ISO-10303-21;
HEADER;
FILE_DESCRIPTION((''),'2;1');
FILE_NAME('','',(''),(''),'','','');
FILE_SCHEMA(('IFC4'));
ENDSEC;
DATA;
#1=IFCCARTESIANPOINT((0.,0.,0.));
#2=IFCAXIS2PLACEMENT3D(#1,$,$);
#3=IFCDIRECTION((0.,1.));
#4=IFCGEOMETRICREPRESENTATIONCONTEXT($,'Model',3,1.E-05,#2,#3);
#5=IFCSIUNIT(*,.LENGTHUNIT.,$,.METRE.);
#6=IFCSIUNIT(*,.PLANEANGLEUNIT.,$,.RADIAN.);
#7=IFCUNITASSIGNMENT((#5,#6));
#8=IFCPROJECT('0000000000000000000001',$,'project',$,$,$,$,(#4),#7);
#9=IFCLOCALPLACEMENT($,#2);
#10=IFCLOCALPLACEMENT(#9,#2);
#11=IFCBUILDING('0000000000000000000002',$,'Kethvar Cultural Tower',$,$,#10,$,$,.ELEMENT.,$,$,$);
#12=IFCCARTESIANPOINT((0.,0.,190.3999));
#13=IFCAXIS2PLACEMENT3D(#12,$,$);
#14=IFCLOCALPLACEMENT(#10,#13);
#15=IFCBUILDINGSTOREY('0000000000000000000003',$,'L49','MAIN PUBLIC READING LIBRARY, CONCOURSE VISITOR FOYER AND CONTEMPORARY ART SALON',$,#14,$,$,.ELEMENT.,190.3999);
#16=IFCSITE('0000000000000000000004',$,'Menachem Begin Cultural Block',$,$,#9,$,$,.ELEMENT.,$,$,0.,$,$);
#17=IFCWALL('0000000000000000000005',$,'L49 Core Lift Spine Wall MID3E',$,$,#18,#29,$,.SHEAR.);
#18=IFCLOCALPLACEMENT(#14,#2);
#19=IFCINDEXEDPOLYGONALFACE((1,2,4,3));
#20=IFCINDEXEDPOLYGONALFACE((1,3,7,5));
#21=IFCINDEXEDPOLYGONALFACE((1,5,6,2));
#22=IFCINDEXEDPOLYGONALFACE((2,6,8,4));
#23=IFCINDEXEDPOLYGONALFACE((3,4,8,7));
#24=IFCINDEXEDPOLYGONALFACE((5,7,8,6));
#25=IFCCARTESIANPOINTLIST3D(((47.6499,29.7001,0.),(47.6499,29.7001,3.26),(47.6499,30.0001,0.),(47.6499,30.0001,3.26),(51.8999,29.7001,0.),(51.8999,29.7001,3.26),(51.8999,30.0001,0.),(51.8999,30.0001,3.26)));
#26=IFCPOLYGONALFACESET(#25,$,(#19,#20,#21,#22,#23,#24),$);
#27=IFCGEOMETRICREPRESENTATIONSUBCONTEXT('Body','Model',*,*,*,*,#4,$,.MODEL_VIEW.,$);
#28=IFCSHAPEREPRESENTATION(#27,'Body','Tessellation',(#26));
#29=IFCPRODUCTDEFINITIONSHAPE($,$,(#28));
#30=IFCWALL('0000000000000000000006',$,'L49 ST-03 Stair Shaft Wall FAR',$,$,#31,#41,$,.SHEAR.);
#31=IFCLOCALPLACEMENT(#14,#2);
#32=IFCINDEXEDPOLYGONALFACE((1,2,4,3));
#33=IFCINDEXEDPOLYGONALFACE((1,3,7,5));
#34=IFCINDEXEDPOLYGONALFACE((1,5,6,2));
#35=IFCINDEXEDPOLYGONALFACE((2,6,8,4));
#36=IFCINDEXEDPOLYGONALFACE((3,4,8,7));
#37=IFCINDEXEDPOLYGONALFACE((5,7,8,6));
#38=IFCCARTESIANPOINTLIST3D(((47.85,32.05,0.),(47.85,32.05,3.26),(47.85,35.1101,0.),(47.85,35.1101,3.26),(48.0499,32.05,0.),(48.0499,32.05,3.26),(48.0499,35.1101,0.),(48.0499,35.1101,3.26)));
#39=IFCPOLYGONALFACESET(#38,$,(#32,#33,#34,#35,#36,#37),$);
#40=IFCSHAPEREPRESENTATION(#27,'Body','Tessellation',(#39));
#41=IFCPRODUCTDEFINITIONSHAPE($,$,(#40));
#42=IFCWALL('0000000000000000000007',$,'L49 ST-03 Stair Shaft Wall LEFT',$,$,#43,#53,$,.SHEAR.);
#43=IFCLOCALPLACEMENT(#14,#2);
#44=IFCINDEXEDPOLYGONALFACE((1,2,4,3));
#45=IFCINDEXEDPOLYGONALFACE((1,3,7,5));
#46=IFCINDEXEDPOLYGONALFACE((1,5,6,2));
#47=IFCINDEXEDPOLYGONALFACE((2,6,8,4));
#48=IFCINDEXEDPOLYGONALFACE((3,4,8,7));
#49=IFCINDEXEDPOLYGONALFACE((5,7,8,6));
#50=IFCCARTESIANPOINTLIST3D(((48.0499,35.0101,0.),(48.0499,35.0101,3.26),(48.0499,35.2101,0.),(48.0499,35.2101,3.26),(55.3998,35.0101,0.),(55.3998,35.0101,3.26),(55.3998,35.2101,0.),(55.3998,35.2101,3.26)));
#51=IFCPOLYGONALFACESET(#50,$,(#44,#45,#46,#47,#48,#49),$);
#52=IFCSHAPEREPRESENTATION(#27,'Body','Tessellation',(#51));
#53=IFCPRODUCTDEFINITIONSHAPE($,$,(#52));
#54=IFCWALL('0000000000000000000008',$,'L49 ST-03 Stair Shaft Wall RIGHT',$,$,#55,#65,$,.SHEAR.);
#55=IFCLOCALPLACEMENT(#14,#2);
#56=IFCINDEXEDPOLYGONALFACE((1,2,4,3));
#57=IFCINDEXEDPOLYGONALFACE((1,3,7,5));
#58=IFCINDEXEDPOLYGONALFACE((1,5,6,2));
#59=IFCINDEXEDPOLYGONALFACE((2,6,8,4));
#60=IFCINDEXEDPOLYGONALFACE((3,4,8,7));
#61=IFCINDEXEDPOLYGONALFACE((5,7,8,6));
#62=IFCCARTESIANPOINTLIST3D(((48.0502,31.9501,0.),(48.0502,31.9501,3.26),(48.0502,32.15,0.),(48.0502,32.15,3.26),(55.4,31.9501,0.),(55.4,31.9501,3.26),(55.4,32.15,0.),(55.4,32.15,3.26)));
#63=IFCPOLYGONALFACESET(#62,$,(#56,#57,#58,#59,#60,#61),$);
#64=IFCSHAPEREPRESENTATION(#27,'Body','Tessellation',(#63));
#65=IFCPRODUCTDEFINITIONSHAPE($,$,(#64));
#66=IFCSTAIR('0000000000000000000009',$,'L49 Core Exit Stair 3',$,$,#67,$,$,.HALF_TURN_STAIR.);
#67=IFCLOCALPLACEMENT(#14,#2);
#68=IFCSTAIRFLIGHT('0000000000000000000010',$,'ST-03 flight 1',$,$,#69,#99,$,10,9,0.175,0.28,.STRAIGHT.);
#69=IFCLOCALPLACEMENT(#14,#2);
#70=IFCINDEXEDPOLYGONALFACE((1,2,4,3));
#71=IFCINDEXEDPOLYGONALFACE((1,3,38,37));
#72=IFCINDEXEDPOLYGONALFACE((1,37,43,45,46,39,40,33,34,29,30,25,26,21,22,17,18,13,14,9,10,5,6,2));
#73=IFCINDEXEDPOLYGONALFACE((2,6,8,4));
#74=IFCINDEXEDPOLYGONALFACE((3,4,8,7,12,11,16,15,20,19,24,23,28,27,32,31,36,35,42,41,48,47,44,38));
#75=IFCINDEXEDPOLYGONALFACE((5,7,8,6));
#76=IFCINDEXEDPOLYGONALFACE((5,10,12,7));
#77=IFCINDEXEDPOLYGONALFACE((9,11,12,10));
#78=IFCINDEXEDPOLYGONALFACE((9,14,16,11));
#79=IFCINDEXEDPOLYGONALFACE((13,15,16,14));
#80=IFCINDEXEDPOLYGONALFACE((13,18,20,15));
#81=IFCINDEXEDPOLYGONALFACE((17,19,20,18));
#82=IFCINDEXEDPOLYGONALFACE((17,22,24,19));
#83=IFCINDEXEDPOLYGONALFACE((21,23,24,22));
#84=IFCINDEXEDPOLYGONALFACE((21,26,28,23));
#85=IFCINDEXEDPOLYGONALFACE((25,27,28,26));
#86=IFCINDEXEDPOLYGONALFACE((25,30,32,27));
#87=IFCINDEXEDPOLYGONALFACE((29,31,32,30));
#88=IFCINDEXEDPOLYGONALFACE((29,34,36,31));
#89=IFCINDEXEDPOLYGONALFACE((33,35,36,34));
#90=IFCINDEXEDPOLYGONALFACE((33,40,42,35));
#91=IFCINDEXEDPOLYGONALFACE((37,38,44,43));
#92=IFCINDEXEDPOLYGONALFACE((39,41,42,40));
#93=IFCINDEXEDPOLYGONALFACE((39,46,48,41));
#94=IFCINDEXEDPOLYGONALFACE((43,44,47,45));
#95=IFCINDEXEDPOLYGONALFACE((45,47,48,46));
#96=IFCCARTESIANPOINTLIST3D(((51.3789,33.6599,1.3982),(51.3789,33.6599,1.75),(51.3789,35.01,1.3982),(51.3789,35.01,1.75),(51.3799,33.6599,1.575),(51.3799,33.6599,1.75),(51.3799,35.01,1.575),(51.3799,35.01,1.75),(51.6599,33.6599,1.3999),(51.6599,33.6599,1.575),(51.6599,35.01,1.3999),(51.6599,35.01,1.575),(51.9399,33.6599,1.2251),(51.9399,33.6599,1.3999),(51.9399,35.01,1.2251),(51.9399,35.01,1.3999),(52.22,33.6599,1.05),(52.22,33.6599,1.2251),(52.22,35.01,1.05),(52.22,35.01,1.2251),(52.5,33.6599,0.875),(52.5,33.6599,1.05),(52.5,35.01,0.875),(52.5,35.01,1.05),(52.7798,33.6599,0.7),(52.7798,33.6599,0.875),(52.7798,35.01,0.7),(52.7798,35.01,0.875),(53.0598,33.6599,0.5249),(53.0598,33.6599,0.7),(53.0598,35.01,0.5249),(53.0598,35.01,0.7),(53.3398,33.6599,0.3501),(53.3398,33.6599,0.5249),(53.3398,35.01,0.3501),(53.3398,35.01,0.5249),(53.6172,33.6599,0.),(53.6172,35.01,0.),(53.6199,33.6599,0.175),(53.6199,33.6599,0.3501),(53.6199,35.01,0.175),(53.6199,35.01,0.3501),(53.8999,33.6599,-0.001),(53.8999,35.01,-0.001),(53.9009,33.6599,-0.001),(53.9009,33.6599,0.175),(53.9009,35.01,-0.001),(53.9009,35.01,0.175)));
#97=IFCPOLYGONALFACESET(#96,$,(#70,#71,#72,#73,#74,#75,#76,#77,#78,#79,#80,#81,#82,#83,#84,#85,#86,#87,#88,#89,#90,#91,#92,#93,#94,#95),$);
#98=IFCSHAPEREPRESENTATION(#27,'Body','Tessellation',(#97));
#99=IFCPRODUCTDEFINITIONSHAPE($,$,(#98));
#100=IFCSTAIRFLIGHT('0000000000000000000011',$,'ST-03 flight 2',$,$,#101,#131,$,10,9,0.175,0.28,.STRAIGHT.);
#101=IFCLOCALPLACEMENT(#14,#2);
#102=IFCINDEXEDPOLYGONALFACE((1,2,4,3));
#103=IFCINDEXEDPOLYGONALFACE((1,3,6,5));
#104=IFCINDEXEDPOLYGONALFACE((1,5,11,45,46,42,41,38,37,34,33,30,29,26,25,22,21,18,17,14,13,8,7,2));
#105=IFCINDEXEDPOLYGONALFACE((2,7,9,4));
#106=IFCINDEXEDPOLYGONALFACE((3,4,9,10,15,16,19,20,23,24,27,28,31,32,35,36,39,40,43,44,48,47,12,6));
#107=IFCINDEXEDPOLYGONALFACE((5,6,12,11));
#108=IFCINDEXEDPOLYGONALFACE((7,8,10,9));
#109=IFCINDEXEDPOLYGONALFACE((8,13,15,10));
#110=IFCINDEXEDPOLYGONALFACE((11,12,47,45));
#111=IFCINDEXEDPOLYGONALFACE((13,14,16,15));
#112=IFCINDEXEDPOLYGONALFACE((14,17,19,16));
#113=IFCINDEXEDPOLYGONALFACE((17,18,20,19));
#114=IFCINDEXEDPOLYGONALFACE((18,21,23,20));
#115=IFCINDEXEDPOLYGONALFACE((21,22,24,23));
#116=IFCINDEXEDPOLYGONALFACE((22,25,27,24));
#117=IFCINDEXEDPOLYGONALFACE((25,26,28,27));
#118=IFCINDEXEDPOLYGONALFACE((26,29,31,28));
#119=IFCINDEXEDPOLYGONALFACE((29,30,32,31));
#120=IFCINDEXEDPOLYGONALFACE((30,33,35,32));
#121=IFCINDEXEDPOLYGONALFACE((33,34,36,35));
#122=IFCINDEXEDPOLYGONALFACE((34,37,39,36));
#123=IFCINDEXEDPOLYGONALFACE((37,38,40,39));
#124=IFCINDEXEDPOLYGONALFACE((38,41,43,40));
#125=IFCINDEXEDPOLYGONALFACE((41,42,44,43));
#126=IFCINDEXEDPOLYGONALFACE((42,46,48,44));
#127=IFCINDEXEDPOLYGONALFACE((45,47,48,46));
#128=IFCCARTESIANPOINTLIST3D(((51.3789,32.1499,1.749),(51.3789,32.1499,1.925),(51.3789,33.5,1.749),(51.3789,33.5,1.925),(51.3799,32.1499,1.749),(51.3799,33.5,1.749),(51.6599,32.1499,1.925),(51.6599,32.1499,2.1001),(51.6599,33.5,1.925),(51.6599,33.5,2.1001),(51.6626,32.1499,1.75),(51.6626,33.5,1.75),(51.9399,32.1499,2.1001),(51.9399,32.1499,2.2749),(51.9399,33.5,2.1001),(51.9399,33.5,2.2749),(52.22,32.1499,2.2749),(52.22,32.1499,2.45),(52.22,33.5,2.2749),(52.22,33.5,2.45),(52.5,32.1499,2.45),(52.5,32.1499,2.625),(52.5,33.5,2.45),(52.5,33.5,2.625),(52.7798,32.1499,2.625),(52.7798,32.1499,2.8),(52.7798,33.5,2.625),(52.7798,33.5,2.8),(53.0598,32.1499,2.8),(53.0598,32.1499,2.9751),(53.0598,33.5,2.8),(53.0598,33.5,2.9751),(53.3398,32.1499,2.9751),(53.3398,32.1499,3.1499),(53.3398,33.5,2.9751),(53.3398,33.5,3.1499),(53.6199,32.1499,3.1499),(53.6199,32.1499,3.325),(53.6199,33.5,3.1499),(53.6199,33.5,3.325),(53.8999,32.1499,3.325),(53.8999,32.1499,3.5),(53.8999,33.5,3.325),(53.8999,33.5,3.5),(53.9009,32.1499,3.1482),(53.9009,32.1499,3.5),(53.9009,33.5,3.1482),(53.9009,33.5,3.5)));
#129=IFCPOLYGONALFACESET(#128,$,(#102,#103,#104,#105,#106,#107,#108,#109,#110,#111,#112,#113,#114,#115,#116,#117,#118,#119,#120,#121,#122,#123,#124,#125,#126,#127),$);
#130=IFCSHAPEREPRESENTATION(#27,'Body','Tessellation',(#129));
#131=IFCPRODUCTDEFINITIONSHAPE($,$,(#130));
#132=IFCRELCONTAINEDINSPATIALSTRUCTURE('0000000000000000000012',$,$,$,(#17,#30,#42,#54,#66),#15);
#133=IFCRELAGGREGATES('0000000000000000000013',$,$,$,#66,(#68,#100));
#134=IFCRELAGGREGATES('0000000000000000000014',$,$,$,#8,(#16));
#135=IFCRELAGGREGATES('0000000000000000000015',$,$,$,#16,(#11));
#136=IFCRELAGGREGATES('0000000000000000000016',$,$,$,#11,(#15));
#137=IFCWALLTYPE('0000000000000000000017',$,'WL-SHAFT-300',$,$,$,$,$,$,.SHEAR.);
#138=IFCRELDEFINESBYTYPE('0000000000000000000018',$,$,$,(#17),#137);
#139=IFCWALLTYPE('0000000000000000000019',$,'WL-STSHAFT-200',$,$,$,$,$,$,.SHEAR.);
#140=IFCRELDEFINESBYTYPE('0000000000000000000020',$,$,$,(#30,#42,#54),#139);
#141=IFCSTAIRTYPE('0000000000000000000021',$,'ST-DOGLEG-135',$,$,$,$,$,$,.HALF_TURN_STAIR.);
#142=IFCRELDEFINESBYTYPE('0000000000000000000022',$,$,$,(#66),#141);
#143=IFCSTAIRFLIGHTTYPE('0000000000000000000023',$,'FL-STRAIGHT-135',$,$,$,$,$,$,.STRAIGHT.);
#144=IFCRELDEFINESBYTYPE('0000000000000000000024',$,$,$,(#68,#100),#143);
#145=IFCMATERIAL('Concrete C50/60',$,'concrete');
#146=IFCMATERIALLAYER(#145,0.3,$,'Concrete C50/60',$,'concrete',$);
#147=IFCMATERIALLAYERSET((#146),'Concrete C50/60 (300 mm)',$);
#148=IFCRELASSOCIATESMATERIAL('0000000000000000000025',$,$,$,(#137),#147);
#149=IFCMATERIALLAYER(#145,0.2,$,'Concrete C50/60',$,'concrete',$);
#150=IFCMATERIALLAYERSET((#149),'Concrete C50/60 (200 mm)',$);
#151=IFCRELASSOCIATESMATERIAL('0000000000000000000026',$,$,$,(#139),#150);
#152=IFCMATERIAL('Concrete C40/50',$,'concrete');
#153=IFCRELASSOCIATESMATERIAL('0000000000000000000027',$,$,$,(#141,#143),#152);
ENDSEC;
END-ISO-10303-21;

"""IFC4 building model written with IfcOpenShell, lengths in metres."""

from ifc_helpers import new_model, si_unit, direction, frame, frame_2d, origin, place, context, subcontext, project, spatial, polyline, rectangle, outline, extrude, material, layer, layer_set, type_object, element, aggregate, save


model = new_model("IFC4")

# Units and contexts
model_context = context("Model", 3, precision=1e-05, world=origin(), true_north=direction((0.0, 1.0)))
body_context = subcontext(model_context, "Body", "Model", "MODEL_VIEW")
ifc_project = project(units=[si_unit("LENGTHUNIT", "METRE"), si_unit("PLANEANGLEUNIT", "RADIAN")], contexts=[model_context])

# Site, building, storey
site_placement = place(None, origin())
site = spatial("IfcSite", under=ifc_project, at=site_placement, Name="Menachem Begin Cultural Block", CompositionType="ELEMENT", RefElevation=0.0)
building_placement = place(site_placement, origin())
building = spatial("IfcBuilding", under=site, at=building_placement, Name="Kethvar Cultural Tower", CompositionType="ELEMENT")
storey_placement = place(building_placement, frame((0.0, 0.0, 190.3999)))
storey = spatial("IfcBuildingStorey", under=building, at=storey_placement, Name="L49", Description="MAIN PUBLIC READING LIBRARY, CONCOURSE VISITOR FOYER AND CONTEMPORARY ART SALON", CompositionType="ELEMENT", Elevation=190.3999)

# Walls
ifc_material_1 = material(Name="Concrete C40/50", Category="concrete")
ifc_material_2 = material(Name="Concrete C50/60", Category="concrete")
ifc_layer_1 = layer(ifc_material_2, 0.3, Name="Concrete C50/60", Category="concrete")
ifc_layer_set_1 = layer_set([ifc_layer_1], Name="Concrete C50/60 (300 mm)")
wall_type_1 = type_object("IfcWallType", Name="WL-SHAFT-300", PredefinedType="SHEAR", material=ifc_layer_set_1)
wall_1_placement = place(storey_placement, frame((47.6499, 29.8501, 0.0), z_axis=(0.0, 0.0, 1.0), x_axis=(1.0, 0.0, 0.0)))
element("IfcWall", 1, at=wall_1_placement, inside=storey, type_object=wall_type_1, Name="L49 Core Lift Spine Wall MID3E", PredefinedType="SHEAR", context=body_context, shape_type="SweptSolid", body=[
    extrude(rectangle(XDim=4.25, YDim=0.3, at=frame_2d((2.125, 0.0))), origin(), (0.0, 0.0, 1.0), 3.26),
])
ifc_layer_2 = layer(ifc_material_2, 0.2, Name="Concrete C50/60", Category="concrete")
ifc_layer_set_2 = layer_set([ifc_layer_2], Name="Concrete C50/60 (200 mm)")
wall_type_2 = type_object("IfcWallType", Name="WL-STSHAFT-200", PredefinedType="SHEAR", material=ifc_layer_set_2)
wall_2_placement = place(storey_placement, frame((47.95, 32.05, 0.0), z_axis=(0.0, 0.0, 1.0), x_axis=(0.0, 1.0, 0.0)))
element("IfcWall", 2, at=wall_2_placement, inside=storey, type_object=wall_type_2, Name="L49 ST-03 Stair Shaft Wall FAR", PredefinedType="SHEAR", context=body_context, shape_type="SweptSolid", body=[
    extrude(rectangle(XDim=3.0601, YDim=0.2, at=frame_2d((1.53, 0.0))), origin(), (0.0, 0.0, 1.0), 3.26),
])
for number, where, z_axis, x_axis, name in (
    (3, (48.05, 35.1101, 0.0), (0.0, 0.0, 1.0), (1.0, 0.0, 0.0), "L49 ST-03 Stair Shaft Wall LEFT"),
    (4, (55.3999, 32.05, 0.0), (0.0, 0.0, 1.0), (-1.0, 0.0, 0.0), "L49 ST-03 Stair Shaft Wall RIGHT"),
):
    element("IfcWall", number, at=place(storey_placement, frame(where, z_axis=z_axis, x_axis=x_axis)), inside=storey, type_object=wall_type_2, Name=name, PredefinedType="SHEAR", context=body_context, shape_type="SweptSolid", body=[
        extrude(rectangle(XDim=7.3499, YDim=0.2, at=frame_2d((3.6748, 0.0))), origin(), (0.0, 0.0, 1.0), 3.26),
    ])

# Stair, stair flights
stair_type = type_object("IfcStairType", Name="ST-DOGLEG-135", PredefinedType="HALF_TURN_STAIR", material=ifc_material_1)
stair_placement = place(storey_placement, origin())
stair = element("IfcStair", 5, at=stair_placement, inside=storey, type_object=stair_type, Name="L49 Core Exit Stair 3", PredefinedType="HALF_TURN_STAIR")
stair_flight_type = type_object("IfcStairFlightType", Name="FL-STRAIGHT-135", PredefinedType="STRAIGHT", material=ifc_material_1)
stair_flight_1_placement = place(storey_placement, frame((53.8999, 34.335, 0.0), z_axis=(0.0, 0.0, 1.0), x_axis=(-1.0, 0.0, 0.0)))
stair_flight_1 = element("IfcStairFlight", 6, at=stair_flight_1_placement, type_object=stair_flight_type, Name="ST-03 flight 1", NumberOfRisers=10, NumberOfTreads=9, PredefinedType="STRAIGHT", RiserHeight=0.175, TreadLength=0.28, context=body_context, shape_type="SweptSolid", body=[
    extrude(outline(polyline([(-0.001, -0.001), (-0.001, 0.175), (0.28, 0.175), (0.28, 0.3501), (0.5601, 0.3501), (0.5601, 0.5249), (0.8401, 0.5249), (0.8401, 0.7), (1.1201, 0.7), (1.1201, 0.875), (1.3999, 0.875), (1.3999, 1.05), (1.6799, 1.05), (1.6799, 1.2251), (1.96, 1.2251), (1.96, 1.3999), (2.24, 1.3999), (2.24, 1.575), (2.52, 1.575), (2.52, 1.75), (2.521, 1.75), (2.521, 1.3982), (0.2827, 0.0), (0.0, -0.001), (-0.001, -0.001)])), frame((0.0, 0.675, 0.0), z_axis=(0.0, -1.0, 0.0), x_axis=(1.0, 0.0, 0.0)), (0.0, 0.0, 1.0), 1.3501),
])
stair_flight_2_placement = place(storey_placement, frame((51.3799, 32.825, 1.75), z_axis=(0.0, 0.0, 1.0), x_axis=(1.0, 0.0, 0.0)))
stair_flight_2 = element("IfcStairFlight", 7, at=stair_flight_2_placement, type_object=stair_flight_type, Name="ST-03 flight 2", NumberOfRisers=10, NumberOfTreads=9, PredefinedType="STRAIGHT", RiserHeight=0.175, TreadLength=0.28, context=body_context, shape_type="SweptSolid", body=[
    extrude(outline(polyline([(-0.001, -0.001), (-0.001, 0.175), (0.28, 0.175), (0.28, 0.3501), (0.5601, 0.3501), (0.5601, 0.5249), (0.8401, 0.5249), (0.8401, 0.7), (1.1201, 0.7), (1.1201, 0.875), (1.3999, 0.875), (1.3999, 1.05), (1.6799, 1.05), (1.6799, 1.2251), (1.96, 1.2251), (1.96, 1.3999), (2.24, 1.3999), (2.24, 1.575), (2.52, 1.575), (2.52, 1.75), (2.521, 1.75), (2.521, 1.3982), (0.2827, 0.0), (0.0, -0.001), (-0.001, -0.001)])), frame((0.0, 0.675, 0.0), z_axis=(0.0, -1.0, 0.0), x_axis=(1.0, 0.0, 0.0)), (0.0, 0.0, 1.0), 1.3501),
])
aggregate(stair, [stair_flight_1, stair_flight_2])

save(model, "model.ifc")
